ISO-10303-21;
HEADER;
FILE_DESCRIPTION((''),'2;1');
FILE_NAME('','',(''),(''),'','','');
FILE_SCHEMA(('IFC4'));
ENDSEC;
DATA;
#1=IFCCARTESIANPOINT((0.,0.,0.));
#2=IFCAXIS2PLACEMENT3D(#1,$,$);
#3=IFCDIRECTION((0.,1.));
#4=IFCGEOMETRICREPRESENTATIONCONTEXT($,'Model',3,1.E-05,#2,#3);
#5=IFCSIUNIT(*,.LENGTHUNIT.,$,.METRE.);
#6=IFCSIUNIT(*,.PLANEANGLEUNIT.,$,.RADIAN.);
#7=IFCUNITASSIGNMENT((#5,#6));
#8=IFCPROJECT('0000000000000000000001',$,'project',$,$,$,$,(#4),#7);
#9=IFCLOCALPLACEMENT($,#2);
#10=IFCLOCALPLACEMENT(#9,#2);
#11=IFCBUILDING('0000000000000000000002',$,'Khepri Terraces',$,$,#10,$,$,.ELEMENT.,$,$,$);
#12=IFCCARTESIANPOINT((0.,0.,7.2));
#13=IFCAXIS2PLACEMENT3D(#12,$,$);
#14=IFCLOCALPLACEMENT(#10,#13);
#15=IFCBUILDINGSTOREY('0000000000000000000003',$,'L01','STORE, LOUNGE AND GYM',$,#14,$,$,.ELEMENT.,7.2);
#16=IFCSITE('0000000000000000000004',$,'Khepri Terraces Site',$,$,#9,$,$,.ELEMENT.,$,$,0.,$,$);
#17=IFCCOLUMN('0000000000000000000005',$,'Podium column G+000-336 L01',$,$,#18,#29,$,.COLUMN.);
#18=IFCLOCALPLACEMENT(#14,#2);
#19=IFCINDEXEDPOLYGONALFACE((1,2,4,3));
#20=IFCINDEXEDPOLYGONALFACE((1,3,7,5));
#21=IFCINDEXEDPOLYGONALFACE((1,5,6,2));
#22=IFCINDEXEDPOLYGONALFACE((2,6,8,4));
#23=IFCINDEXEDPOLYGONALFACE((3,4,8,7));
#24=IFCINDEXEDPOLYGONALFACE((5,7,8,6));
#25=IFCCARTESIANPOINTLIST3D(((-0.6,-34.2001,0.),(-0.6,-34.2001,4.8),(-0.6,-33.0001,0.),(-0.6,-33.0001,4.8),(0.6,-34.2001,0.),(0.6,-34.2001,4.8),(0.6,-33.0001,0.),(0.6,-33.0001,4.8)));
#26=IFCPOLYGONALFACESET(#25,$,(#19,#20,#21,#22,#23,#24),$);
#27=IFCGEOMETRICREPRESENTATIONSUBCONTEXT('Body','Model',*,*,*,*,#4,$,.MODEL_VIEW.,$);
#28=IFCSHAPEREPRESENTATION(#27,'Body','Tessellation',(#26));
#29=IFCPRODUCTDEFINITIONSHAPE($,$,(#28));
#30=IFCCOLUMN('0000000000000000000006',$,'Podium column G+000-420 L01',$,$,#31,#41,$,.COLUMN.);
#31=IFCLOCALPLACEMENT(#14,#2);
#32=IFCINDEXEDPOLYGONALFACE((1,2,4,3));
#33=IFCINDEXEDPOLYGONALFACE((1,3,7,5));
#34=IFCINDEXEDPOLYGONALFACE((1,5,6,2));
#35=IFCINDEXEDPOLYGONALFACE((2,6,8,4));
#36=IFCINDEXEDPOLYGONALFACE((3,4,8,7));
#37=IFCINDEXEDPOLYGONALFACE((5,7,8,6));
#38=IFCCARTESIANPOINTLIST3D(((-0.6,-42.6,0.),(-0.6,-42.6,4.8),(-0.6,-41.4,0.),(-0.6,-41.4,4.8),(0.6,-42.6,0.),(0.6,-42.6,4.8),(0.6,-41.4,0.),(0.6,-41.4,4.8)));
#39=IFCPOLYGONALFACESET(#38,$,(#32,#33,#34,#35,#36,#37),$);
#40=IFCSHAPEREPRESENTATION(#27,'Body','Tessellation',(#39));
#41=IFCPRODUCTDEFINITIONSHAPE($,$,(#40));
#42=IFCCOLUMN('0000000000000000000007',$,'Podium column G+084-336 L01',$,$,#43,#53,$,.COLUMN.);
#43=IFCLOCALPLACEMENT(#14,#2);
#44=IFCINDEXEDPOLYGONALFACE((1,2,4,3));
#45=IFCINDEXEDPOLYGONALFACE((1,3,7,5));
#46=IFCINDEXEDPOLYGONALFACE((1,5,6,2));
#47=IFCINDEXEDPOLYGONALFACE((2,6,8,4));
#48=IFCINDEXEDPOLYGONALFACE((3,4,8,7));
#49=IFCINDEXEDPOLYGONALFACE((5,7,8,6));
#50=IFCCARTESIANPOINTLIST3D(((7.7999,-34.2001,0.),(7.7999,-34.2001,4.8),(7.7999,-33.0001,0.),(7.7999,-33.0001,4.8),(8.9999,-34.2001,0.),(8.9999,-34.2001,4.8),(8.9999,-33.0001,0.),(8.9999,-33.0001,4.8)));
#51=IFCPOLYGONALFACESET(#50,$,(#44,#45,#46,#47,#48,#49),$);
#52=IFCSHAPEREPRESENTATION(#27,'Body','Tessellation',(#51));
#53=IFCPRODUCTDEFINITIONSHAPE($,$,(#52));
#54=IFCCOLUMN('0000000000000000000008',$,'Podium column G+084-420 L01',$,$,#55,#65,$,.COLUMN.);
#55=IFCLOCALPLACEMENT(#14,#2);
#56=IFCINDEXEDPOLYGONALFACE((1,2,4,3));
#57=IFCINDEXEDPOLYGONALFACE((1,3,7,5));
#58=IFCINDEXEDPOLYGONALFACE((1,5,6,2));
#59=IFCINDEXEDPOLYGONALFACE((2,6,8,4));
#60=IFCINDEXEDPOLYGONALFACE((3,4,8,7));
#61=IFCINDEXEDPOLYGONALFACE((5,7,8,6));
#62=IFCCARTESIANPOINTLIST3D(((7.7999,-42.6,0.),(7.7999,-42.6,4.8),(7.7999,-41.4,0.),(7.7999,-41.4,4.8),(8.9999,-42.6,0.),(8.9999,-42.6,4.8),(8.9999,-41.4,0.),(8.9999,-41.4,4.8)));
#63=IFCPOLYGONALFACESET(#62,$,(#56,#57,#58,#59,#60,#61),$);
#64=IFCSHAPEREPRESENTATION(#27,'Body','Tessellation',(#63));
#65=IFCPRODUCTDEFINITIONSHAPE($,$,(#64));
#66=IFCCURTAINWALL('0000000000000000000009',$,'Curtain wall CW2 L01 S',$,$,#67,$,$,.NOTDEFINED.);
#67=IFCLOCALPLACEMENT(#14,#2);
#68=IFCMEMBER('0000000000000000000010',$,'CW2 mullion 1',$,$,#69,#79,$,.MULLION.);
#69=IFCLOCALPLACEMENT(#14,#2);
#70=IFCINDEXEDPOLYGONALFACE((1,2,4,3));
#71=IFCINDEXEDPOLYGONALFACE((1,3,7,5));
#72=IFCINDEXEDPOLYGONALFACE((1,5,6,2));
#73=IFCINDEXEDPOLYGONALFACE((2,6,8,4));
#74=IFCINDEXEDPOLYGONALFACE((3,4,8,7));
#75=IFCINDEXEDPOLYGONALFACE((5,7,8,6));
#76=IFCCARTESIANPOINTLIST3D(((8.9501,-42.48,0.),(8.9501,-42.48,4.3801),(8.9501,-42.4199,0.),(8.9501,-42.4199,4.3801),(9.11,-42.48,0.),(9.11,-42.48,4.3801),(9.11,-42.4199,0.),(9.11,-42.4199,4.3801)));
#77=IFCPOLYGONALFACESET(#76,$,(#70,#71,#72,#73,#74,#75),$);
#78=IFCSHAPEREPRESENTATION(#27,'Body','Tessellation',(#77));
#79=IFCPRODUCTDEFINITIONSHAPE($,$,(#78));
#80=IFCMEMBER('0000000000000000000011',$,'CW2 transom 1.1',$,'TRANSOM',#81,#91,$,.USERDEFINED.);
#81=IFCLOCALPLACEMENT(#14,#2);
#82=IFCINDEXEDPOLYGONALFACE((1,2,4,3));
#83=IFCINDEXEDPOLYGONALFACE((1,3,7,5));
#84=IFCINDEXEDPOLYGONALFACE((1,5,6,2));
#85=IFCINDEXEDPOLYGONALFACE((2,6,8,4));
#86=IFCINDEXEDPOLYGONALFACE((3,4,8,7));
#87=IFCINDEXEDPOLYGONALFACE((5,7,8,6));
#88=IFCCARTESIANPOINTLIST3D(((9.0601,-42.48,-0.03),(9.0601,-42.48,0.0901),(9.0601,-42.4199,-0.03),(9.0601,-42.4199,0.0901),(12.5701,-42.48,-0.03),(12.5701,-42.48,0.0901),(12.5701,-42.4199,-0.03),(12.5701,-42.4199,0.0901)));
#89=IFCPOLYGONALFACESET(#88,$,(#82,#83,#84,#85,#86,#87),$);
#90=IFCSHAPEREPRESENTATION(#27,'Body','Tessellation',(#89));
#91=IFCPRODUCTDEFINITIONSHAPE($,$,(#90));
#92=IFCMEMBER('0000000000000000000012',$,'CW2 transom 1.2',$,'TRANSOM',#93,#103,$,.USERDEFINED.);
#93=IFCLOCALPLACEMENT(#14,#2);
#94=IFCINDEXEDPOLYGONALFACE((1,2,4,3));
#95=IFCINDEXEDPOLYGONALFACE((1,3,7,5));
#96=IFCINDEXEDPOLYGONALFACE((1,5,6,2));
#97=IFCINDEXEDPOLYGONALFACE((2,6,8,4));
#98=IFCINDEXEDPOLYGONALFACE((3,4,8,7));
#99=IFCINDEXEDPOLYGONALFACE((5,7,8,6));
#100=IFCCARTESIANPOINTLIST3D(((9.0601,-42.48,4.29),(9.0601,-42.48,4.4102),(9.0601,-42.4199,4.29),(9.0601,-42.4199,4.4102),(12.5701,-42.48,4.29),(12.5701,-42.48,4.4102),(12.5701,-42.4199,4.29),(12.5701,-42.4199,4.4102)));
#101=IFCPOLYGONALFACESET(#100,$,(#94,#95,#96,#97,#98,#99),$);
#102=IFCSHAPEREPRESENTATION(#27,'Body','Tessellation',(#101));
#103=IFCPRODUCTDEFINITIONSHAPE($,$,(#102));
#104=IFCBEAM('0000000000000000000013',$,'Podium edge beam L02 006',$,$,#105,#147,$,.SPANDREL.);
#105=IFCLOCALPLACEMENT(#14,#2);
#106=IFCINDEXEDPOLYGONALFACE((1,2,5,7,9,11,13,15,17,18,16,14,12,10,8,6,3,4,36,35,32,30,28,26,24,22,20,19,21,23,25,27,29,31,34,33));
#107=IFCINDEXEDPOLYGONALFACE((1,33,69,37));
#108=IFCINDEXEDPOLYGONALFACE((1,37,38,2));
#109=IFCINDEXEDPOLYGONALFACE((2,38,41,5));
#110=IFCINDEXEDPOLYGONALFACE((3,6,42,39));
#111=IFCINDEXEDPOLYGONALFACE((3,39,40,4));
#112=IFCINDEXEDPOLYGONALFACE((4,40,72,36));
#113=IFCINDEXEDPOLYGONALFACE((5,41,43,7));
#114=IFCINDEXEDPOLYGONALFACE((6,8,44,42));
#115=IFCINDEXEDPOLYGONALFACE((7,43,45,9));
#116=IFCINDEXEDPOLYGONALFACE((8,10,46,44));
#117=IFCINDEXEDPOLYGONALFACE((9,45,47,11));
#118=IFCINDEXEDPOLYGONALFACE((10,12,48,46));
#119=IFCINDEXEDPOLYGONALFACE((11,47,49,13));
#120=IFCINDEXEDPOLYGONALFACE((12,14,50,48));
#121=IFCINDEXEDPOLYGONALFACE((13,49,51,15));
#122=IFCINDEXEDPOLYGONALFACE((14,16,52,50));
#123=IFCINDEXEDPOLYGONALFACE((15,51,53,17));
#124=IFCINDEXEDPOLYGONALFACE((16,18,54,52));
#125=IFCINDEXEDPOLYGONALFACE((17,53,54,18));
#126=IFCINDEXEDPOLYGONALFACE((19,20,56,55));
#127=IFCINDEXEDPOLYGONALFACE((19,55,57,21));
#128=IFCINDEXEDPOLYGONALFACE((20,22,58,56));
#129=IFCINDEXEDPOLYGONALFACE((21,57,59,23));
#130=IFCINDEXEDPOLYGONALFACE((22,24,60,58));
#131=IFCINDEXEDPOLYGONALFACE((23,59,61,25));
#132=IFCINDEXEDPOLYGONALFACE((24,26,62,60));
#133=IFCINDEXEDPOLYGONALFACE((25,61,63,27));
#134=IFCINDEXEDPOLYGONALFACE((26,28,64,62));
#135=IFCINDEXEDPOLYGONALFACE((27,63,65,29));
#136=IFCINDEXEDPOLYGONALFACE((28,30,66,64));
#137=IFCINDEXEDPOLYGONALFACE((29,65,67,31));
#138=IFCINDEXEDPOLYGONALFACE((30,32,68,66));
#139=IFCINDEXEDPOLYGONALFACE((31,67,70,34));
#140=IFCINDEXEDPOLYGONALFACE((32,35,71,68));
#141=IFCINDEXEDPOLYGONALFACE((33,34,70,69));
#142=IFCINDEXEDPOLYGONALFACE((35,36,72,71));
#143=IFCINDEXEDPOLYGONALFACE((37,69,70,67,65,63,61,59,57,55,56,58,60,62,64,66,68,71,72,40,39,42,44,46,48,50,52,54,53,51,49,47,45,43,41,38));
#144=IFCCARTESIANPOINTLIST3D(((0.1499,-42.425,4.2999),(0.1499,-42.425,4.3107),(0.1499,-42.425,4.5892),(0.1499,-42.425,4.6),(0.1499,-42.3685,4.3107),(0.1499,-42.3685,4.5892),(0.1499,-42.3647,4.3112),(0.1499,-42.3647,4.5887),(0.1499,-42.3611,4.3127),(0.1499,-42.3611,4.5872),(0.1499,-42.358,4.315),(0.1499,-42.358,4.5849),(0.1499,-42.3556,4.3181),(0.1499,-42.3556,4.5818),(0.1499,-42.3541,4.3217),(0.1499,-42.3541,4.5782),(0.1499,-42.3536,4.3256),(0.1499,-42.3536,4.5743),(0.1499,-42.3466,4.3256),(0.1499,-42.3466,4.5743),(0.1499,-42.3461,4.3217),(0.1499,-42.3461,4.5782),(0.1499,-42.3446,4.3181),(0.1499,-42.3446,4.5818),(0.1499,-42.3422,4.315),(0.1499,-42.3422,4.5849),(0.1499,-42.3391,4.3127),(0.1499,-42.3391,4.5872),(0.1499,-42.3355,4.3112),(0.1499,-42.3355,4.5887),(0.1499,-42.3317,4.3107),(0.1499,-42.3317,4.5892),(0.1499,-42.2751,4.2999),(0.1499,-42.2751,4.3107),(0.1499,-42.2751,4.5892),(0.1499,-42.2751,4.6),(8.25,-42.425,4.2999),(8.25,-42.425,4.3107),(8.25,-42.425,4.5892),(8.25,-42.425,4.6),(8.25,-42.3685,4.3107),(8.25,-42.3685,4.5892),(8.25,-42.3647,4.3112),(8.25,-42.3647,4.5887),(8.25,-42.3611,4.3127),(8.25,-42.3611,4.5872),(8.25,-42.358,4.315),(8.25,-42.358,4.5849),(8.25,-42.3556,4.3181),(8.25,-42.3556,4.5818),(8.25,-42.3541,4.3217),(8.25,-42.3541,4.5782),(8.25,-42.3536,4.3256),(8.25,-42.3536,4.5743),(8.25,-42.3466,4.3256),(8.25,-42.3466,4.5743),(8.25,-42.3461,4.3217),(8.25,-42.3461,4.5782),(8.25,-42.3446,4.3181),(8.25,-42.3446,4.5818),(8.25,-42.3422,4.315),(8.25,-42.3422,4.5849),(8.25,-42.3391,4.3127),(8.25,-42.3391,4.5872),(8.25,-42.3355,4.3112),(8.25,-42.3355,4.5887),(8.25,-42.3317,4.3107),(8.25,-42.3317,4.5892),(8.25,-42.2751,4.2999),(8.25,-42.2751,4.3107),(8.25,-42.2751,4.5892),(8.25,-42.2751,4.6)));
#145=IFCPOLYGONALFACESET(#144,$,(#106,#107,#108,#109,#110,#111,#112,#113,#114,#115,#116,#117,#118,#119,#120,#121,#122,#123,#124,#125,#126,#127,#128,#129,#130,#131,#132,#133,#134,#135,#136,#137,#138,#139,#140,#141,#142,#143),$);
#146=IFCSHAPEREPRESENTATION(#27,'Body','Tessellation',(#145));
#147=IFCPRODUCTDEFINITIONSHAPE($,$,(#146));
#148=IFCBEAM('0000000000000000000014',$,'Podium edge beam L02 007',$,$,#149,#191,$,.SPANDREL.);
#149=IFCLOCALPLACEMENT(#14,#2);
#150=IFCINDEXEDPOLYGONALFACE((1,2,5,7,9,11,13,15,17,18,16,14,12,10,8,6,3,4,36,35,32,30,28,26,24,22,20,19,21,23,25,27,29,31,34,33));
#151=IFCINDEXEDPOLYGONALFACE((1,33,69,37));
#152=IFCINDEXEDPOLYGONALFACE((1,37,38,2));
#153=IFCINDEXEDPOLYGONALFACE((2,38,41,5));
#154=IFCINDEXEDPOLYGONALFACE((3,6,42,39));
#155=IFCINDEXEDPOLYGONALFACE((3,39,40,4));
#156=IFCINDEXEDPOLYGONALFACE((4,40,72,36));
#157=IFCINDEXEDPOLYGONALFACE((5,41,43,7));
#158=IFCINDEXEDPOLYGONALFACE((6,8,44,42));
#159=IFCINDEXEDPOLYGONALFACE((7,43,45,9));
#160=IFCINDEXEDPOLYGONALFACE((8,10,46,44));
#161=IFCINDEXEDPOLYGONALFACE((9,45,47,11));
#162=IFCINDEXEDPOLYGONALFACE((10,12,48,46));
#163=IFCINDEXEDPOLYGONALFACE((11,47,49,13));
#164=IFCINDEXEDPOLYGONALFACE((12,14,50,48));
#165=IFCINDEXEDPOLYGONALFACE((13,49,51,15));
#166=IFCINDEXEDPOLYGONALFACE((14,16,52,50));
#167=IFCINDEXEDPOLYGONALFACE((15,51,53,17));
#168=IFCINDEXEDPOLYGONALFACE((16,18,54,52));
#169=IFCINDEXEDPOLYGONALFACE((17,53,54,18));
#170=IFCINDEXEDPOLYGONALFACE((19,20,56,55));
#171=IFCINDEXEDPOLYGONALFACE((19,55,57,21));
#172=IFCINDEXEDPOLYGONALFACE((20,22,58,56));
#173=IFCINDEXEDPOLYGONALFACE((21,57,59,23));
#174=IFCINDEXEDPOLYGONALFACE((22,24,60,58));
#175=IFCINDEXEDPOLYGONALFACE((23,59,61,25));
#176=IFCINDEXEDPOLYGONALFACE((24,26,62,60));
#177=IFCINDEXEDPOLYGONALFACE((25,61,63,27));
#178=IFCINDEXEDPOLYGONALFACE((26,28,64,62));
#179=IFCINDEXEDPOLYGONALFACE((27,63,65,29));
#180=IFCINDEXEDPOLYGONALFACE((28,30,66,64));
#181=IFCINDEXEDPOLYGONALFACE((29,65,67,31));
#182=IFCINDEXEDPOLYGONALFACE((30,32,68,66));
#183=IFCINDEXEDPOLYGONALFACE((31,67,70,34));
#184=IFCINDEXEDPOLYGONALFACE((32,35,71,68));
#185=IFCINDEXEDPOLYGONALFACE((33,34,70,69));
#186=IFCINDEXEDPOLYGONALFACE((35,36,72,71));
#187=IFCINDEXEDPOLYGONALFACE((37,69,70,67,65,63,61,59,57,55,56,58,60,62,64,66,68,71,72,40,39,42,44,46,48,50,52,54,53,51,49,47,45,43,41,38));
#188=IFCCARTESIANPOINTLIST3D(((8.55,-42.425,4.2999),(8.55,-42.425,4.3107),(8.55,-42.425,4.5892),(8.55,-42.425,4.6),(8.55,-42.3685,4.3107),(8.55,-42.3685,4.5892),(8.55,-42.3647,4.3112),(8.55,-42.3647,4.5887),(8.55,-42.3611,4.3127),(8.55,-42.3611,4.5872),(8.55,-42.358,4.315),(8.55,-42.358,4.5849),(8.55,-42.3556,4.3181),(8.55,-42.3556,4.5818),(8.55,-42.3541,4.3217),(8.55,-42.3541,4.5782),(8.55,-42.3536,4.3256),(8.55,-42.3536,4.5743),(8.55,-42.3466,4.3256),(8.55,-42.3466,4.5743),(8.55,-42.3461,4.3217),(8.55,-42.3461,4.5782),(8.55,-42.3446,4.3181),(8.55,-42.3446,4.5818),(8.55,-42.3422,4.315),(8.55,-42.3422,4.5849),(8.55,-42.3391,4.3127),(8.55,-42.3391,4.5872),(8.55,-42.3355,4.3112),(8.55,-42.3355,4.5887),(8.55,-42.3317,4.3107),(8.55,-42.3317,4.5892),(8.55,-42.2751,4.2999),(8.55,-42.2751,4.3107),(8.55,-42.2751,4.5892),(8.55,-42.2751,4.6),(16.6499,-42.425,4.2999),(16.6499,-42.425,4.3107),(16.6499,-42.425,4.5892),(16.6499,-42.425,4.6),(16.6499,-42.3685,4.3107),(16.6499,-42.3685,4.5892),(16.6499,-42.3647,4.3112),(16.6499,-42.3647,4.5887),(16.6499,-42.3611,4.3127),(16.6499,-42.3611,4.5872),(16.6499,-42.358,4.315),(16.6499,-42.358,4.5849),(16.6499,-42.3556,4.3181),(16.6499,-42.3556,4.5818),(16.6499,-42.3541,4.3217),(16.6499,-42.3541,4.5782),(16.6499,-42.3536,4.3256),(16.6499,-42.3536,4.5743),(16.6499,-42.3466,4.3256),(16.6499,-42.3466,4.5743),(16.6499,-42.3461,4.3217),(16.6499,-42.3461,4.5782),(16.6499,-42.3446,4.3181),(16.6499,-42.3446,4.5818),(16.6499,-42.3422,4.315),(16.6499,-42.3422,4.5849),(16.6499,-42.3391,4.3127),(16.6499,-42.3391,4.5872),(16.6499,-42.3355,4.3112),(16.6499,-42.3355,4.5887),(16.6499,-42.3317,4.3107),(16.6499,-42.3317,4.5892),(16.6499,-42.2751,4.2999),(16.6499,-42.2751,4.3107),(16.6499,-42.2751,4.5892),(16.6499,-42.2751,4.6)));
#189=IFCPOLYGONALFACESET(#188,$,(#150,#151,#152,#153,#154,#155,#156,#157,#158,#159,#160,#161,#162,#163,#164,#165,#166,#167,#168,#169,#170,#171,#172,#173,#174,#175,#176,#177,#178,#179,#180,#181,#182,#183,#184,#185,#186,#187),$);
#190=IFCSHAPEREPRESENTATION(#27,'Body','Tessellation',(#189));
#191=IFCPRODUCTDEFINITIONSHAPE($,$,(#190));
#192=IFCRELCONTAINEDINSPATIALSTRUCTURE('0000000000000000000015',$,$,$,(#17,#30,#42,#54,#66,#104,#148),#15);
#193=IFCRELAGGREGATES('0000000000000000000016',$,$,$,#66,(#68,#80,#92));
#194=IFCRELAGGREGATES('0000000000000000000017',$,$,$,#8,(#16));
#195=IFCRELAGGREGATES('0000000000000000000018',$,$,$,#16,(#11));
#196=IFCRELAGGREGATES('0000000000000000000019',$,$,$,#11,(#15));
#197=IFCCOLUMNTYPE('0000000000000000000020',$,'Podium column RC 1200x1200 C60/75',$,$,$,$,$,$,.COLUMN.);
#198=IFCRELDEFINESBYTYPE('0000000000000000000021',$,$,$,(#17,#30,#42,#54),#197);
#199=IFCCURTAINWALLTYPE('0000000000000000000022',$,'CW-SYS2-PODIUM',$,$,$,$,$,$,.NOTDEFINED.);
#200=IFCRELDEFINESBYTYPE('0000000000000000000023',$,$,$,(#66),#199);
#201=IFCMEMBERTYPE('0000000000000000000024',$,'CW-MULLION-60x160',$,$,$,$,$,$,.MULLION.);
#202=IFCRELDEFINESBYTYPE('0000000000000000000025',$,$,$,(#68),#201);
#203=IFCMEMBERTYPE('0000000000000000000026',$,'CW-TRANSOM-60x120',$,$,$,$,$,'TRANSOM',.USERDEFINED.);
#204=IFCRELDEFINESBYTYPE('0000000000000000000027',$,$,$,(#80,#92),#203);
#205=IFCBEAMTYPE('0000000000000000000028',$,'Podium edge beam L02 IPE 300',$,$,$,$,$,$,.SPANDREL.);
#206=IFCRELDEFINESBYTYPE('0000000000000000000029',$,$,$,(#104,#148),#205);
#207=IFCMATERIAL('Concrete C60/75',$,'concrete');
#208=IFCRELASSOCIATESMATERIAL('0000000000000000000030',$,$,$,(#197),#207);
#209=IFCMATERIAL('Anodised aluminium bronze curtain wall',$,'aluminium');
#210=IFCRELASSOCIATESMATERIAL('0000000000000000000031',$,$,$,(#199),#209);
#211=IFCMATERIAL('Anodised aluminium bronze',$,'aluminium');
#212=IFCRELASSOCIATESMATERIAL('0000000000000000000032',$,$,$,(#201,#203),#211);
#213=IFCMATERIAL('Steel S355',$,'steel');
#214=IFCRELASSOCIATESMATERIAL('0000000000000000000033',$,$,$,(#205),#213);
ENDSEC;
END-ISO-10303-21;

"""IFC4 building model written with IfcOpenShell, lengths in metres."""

from ifc_helpers import new_model, si_unit, direction, frame, origin, origin_2d, place, context, subcontext, project, spatial, rectangle, i_section, extrude, material, material_profile, profile_set, type_object, element, aggregate, save


model = new_model("IFC4")

# Units and contexts
model_context = context("Model", 3, precision=1e-05, world=origin(), true_north=direction((0.0, 1.0)))
body_context = subcontext(model_context, "Body", "Model", "MODEL_VIEW")
ifc_project = project(units=[si_unit("LENGTHUNIT", "METRE"), si_unit("PLANEANGLEUNIT", "RADIAN")], contexts=[model_context])

# Site, building, storey
site_placement = place(None, origin())
site = spatial("IfcSite", under=ifc_project, at=site_placement, Name="Khepri Terraces Site", CompositionType="ELEMENT", RefElevation=0.0)
building_placement = place(site_placement, origin())
building = spatial("IfcBuilding", under=site, at=building_placement, Name="Khepri Terraces", CompositionType="ELEMENT")
storey_placement = place(building_placement, frame((0.0, 0.0, 7.2)))
storey = spatial("IfcBuildingStorey", under=building, at=storey_placement, Name="L01", Description="STORE, LOUNGE AND GYM", CompositionType="ELEMENT", Elevation=7.2)

# Columns
ifc_material_1 = material(Name="Concrete C60/75", Category="concrete")
ifc_material_profile_1 = material_profile(ifc_material_1, rectangle(XDim=1.2, YDim=1.2, at=origin_2d()), Name="Concrete C60/75", Category="concrete")
ifc_profile_set_1 = profile_set([ifc_material_profile_1], Name="Concrete C60/75")
column_type = type_object("IfcColumnType", Name="Podium column RC 1200x1200 C60/75", PredefinedType="COLUMN", material=ifc_profile_set_1)
for number, where, z_axis, x_axis, name in (
    (1, (0.0, -33.6001, 0.0), (0.0, 0.0, 1.0), (1.0, 0.0, 0.0), "Podium column G+000-336 L01"),
    (2, (0.0, -42.0, 0.0), (0.0, 0.0, 1.0), (1.0, 0.0, 0.0), "Podium column G+000-420 L01"),
    (3, (8.3999, -33.6001, 0.0), (0.0, 0.0, 1.0), (1.0, 0.0, 0.0), "Podium column G+084-336 L01"),
    (4, (8.3999, -42.0, 0.0), (0.0, 0.0, 1.0), (1.0, 0.0, 0.0), "Podium column G+084-420 L01"),
):
    element("IfcColumn", number, at=place(storey_placement, frame(where, z_axis=z_axis, x_axis=x_axis)), inside=storey, type_object=column_type, Name=name, PredefinedType="COLUMN", context=body_context, shape_type="SweptSolid", body=[
        extrude(rectangle(XDim=1.2, YDim=1.2, at=origin_2d()), origin(), (0.0, 0.0, 1.0), 4.8),
    ])

# Curtain wall, members
ifc_material_2 = material(Name="Anodised aluminium bronze curtain wall", Category="aluminium")
curtain_wall_type = type_object("IfcCurtainWallType", Name="CW-SYS2-PODIUM", PredefinedType="NOTDEFINED", material=ifc_material_2)
curtain_wall_placement = place(storey_placement, origin())
curtain_wall = element("IfcCurtainWall", 5, at=curtain_wall_placement, inside=storey, type_object=curtain_wall_type, Name="Curtain wall CW2 L01 S", PredefinedType="NOTDEFINED")
ifc_material_3 = material(Name="Anodised aluminium bronze", Category="aluminium")
ifc_material_profile_2 = material_profile(ifc_material_3, rectangle(XDim=0.0601, YDim=0.1599, at=origin_2d()), Name="Anodised aluminium bronze", Category="aluminium")
ifc_profile_set_2 = profile_set([ifc_material_profile_2], Name="Anodised aluminium bronze")
member_type_1 = type_object("IfcMemberType", Name="CW-MULLION-60x160", PredefinedType="MULLION", material=ifc_profile_set_2)
member_1_placement = place(storey_placement, frame((9.03, -42.45, 0.0), z_axis=(0.0, 0.0, 1.0), x_axis=(0.0, 1.0, 0.0)))
member_1 = element("IfcMember", 6, at=member_1_placement, type_object=member_type_1, Name="CW2 mullion 1", PredefinedType="MULLION", context=body_context, shape_type="SweptSolid", body=[
    extrude(rectangle(XDim=0.0601, YDim=0.1599, at=origin_2d()), origin(), (0.0, 0.0, 1.0), 4.3801),
])
ifc_material_profile_3 = material_profile(ifc_material_3, rectangle(XDim=0.0601, YDim=0.1201, at=origin_2d()), Name="Anodised aluminium bronze", Category="aluminium")
ifc_profile_set_3 = profile_set([ifc_material_profile_3], Name="Anodised aluminium bronze")
member_type_2 = type_object("IfcMemberType", Name="CW-TRANSOM-60x120", ElementType="TRANSOM", PredefinedType="USERDEFINED", material=ifc_profile_set_3)
member_2_placement = place(storey_placement, frame((9.0601, -42.45, 0.03), z_axis=(1.0, 0.0, 0.0), x_axis=(0.0, 1.0, 0.0)))
member_2 = element("IfcMember", 7, at=member_2_placement, type_object=member_type_2, Name="CW2 transom 1.1", ObjectType="TRANSOM", PredefinedType="USERDEFINED", context=body_context, shape_type="SweptSolid", body=[
    extrude(rectangle(XDim=0.0601, YDim=0.1201, at=origin_2d()), origin(), (0.0, 0.0, 1.0), 3.51),
])
member_3_placement = place(storey_placement, frame((9.0601, -42.45, 4.3501), z_axis=(1.0, 0.0, 0.0), x_axis=(0.0, 1.0, 0.0)))
member_3 = element("IfcMember", 8, at=member_3_placement, type_object=member_type_2, Name="CW2 transom 1.2", ObjectType="TRANSOM", PredefinedType="USERDEFINED", context=body_context, shape_type="SweptSolid", body=[
    extrude(rectangle(XDim=0.0601, YDim=0.1201, at=origin_2d()), origin(), (0.0, 0.0, 1.0), 3.51),
])
aggregate(curtain_wall, [member_1, member_2, member_3])

# Beams
ifc_material_4 = material(Name="Steel S355", Category="steel")
ifc_material_profile_4 = material_profile(ifc_material_4, i_section(OverallWidth=0.1499, OverallDepth=0.3, WebThickness=0.0071, FlangeThickness=0.0107, FilletRadius=0.0149, at=origin_2d()), Name="Steel S355", Category="steel")
ifc_profile_set_4 = profile_set([ifc_material_profile_4], Name="Steel S355")
beam_type_1 = type_object("IfcBeamType", Name="Podium edge beam L02 IPE 300", PredefinedType="SPANDREL", material=ifc_profile_set_4)
beam_1_placement = place(storey_placement, frame((0.1499, -42.3501, 4.45), z_axis=(1.0, 0.0, 0.0), x_axis=(0.0, 1.0, 0.0)))
element("IfcBeam", 9, at=beam_1_placement, inside=storey, type_object=beam_type_1, Name="Podium edge beam L02 006", PredefinedType="SPANDREL", context=body_context, shape_type="SweptSolid", body=[
    extrude(i_section(OverallWidth=0.1499, OverallDepth=0.3, WebThickness=0.0071, FlangeThickness=0.0107, FilletRadius=0.0149, at=origin_2d()), origin(), (0.0, 0.0, 1.0), 8.1001),
])
beam_2_placement = place(storey_placement, frame((8.55, -42.3501, 4.45), z_axis=(1.0, 0.0, 0.0), x_axis=(0.0, 1.0, 0.0)))
element("IfcBeam", 10, at=beam_2_placement, inside=storey, type_object=beam_type_1, Name="Podium edge beam L02 007", PredefinedType="SPANDREL", context=body_context, shape_type="SweptSolid", body=[
    extrude(i_section(OverallWidth=0.1499, OverallDepth=0.3, WebThickness=0.0071, FlangeThickness=0.0107, FilletRadius=0.0149, at=origin_2d()), origin(), (0.0, 0.0, 1.0), 8.0999),
])

save(model, "model.ifc")
